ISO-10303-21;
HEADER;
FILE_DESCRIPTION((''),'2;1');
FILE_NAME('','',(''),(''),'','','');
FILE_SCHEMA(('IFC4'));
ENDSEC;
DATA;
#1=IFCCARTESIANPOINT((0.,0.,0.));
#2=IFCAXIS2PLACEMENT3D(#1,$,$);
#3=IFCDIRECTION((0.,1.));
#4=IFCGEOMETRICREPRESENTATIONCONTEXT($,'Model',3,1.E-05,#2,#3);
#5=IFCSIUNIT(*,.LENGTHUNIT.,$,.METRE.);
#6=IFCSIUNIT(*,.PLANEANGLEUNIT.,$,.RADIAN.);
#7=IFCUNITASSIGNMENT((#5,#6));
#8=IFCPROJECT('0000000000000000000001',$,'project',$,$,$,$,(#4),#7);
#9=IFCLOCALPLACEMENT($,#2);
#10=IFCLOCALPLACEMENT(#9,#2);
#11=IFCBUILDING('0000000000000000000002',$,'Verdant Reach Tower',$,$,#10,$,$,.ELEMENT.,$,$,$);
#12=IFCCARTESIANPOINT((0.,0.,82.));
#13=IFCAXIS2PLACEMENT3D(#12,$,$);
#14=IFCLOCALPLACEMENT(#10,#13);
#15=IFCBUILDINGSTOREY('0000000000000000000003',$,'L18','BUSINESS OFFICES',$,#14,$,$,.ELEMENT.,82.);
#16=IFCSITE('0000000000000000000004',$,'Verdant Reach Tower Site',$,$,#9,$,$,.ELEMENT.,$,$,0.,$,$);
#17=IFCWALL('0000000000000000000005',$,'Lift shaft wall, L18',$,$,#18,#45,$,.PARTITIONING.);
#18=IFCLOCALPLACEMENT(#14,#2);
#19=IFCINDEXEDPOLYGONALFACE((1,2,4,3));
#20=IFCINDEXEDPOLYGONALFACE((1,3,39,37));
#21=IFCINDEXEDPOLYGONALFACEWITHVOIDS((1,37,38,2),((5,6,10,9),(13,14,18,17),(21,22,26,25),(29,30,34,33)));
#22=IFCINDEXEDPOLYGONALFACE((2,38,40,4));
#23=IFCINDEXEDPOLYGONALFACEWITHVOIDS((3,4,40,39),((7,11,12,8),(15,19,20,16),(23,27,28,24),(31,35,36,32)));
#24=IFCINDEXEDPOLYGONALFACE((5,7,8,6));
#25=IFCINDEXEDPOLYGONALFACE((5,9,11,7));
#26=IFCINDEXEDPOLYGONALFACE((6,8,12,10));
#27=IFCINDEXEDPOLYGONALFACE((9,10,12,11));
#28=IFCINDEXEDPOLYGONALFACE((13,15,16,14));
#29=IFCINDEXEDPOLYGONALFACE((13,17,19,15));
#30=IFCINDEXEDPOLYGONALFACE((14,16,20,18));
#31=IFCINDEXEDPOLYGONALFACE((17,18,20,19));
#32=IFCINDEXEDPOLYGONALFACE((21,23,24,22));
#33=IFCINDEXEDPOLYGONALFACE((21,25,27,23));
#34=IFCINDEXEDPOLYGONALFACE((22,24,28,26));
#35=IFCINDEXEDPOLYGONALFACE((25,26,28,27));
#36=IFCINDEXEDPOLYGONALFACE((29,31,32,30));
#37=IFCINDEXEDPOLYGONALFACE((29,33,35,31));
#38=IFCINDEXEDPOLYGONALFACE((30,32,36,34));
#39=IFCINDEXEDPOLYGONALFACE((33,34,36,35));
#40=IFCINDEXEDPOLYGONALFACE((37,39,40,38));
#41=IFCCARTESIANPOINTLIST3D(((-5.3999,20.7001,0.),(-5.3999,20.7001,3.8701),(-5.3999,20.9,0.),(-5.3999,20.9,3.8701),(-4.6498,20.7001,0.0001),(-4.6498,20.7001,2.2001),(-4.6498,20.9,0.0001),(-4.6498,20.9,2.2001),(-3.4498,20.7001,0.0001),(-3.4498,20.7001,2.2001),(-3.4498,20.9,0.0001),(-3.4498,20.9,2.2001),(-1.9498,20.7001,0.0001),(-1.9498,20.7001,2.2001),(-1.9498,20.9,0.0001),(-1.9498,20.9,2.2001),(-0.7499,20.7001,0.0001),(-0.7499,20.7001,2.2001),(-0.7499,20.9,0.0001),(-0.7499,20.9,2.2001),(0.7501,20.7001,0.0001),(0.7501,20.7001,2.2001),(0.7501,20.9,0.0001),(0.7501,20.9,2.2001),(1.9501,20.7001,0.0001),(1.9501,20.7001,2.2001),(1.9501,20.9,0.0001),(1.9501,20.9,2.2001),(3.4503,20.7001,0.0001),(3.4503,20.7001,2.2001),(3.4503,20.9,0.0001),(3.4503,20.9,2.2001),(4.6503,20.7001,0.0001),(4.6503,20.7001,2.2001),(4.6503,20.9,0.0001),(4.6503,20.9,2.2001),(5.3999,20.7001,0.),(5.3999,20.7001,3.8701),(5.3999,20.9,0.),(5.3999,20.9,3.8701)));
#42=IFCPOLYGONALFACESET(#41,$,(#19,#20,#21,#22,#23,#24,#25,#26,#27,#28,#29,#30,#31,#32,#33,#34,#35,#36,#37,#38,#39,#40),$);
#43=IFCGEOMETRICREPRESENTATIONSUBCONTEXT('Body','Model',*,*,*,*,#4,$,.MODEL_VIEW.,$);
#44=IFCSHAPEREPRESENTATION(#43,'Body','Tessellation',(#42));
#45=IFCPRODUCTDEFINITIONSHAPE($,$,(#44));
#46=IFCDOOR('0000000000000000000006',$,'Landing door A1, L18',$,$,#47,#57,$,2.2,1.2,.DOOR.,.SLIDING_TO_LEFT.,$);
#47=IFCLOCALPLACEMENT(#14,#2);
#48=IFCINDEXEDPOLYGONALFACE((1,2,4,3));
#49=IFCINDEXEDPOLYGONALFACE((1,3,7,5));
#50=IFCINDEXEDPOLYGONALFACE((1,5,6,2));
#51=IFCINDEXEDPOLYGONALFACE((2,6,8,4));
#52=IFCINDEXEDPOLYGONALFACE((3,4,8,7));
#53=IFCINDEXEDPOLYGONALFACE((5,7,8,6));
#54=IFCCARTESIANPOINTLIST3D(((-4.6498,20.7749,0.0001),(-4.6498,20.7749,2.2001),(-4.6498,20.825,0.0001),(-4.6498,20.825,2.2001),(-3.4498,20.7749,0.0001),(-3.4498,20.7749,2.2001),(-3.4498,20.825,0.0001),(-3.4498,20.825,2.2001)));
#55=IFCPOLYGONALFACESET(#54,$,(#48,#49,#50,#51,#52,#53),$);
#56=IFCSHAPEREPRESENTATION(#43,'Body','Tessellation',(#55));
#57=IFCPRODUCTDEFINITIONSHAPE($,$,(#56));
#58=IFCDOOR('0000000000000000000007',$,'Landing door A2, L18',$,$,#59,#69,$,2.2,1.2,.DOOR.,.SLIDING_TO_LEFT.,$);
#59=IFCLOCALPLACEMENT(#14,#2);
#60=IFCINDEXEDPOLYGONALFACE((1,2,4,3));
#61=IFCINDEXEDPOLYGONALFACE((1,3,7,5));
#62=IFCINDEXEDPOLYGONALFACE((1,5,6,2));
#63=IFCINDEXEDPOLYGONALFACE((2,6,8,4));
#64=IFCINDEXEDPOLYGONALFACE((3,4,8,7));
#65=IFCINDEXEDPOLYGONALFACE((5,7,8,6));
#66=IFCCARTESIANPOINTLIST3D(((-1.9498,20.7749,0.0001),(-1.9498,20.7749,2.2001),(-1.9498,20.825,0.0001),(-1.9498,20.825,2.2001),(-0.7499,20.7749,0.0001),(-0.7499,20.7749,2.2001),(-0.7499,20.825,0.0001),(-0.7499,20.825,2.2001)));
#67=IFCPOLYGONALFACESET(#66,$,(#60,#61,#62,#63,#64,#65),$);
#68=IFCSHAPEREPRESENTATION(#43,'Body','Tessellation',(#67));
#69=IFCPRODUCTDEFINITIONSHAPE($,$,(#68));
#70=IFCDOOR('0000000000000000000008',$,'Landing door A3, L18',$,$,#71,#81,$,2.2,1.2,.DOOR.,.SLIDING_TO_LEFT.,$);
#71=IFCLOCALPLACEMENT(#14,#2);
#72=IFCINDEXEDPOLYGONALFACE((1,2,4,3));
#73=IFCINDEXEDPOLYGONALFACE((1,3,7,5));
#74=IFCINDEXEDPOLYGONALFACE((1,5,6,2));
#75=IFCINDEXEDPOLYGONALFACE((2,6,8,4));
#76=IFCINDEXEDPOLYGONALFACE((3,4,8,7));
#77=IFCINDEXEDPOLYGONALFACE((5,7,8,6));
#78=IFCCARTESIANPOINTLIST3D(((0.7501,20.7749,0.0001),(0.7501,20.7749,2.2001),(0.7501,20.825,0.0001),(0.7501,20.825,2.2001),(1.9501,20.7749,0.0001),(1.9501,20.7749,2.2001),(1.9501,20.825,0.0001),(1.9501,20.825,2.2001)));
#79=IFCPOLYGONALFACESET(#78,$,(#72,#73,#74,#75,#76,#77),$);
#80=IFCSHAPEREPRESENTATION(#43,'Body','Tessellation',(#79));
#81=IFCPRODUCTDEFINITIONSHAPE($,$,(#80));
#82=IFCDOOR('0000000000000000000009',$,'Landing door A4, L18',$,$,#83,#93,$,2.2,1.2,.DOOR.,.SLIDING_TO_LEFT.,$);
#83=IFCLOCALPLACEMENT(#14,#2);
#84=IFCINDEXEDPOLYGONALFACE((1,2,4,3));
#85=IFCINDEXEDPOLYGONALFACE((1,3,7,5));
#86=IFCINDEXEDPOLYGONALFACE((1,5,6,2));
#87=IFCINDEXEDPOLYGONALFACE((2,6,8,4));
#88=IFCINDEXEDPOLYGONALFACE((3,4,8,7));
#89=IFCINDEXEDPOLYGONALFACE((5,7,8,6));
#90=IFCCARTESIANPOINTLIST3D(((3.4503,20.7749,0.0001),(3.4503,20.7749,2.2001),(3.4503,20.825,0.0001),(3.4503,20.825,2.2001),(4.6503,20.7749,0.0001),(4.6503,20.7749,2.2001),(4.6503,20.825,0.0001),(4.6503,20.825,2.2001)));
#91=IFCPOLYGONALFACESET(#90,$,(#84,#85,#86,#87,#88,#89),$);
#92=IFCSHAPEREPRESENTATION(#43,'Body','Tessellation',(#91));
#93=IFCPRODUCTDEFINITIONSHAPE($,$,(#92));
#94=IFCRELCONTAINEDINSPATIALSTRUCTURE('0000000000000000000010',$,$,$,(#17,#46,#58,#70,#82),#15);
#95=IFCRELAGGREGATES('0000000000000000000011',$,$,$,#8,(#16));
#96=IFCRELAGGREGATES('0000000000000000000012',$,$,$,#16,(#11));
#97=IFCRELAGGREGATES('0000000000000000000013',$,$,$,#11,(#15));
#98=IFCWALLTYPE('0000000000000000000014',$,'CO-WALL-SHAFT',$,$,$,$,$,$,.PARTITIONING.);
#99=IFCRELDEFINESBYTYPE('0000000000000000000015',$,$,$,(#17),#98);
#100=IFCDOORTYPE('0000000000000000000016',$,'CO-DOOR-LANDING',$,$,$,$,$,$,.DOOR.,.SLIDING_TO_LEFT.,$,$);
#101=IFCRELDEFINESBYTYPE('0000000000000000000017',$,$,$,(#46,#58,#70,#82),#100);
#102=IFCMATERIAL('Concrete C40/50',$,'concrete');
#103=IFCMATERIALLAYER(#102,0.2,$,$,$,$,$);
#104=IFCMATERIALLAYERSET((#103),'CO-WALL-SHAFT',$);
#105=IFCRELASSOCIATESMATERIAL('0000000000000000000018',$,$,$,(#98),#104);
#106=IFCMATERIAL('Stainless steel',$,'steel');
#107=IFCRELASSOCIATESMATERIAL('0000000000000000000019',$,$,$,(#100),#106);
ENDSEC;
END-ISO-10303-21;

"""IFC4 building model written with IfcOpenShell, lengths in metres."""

from ifc_helpers import new_model, si_unit, direction, frame, frame_2d, origin, place, context, subcontext, project, spatial, rectangle, extrude, material, layer, layer_set, type_object, element, fill, save


model = new_model("IFC4")

# Units and contexts
model_context = context("Model", 3, precision=1e-05, world=origin(), true_north=direction((0.0, 1.0)))
body_context = subcontext(model_context, "Body", "Model", "MODEL_VIEW")
ifc_project = project(units=[si_unit("LENGTHUNIT", "METRE"), si_unit("PLANEANGLEUNIT", "RADIAN")], contexts=[model_context])

# Site, building, storey
site_placement = place(None, origin())
site = spatial("IfcSite", under=ifc_project, at=site_placement, Name="Verdant Reach Tower Site", CompositionType="ELEMENT", RefElevation=0.0)
building_placement = place(site_placement, origin())
building = spatial("IfcBuilding", under=site, at=building_placement, Name="Verdant Reach Tower", CompositionType="ELEMENT")
storey_placement = place(building_placement, frame((0.0, 0.0, 82.0)))
storey = spatial("IfcBuildingStorey", under=building, at=storey_placement, Name="L18", Description="BUSINESS OFFICES", CompositionType="ELEMENT", Elevation=82.0)

# Wall, openings, doors
ifc_material_1 = material(Name="Concrete C40/50", Category="concrete")
ifc_layer_1 = layer(ifc_material_1, 0.2)
ifc_layer_set_1 = layer_set([ifc_layer_1], Name="CO-WALL-SHAFT")
wall_type_1 = type_object("IfcWallType", Name="CO-WALL-SHAFT", PredefinedType="PARTITIONING", material=ifc_layer_set_1)
wall_1_placement = place(storey_placement, frame((-5.3999, 20.8, 0.0), z_axis=(0.0, 0.0, 1.0), x_axis=(1.0, 0.0, 0.0)))
wall_1 = element("IfcWall", 1, at=wall_1_placement, inside=storey, type_object=wall_type_1, Name="Lift shaft wall, L18", PredefinedType="PARTITIONING", context=body_context, shape_type="SweptSolid", body=[
    extrude(rectangle(XDim=10.7998, YDim=0.2, at=frame_2d((5.3999, 0.0))), origin(), (0.0, 0.0, 1.0), 3.8701),
])
opening_1_placement = place(wall_1_placement, frame((0.75, 0.0, 0.0)))
opening_1 = element("IfcOpeningElement", 2, at=opening_1_placement, cuts=wall_1, PredefinedType="OPENING", context=body_context, shape_type="SweptSolid", body=[
    extrude(rectangle(XDim=1.2, YDim=2.2, at=frame_2d((0.6001, 1.1001))), frame((0.0, 0.1099, 0.0), z_axis=(0.0, -1.0, 0.0), x_axis=(1.0, 0.0, 0.0)), (0.0, 0.0, 1.0), 0.22),
])
opening_2_placement = place(wall_1_placement, frame((3.45, 0.0, 0.0)))
opening_2 = element("IfcOpeningElement", 3, at=opening_2_placement, cuts=wall_1, PredefinedType="OPENING", context=body_context, shape_type="SweptSolid", body=[
    extrude(rectangle(XDim=1.2, YDim=2.2, at=frame_2d((0.6001, 1.1001))), frame((0.0, 0.1099, 0.0), z_axis=(0.0, -1.0, 0.0), x_axis=(1.0, 0.0, 0.0)), (0.0, 0.0, 1.0), 0.22),
])
opening_3_placement = place(wall_1_placement, frame((6.1499, 0.0, 0.0)))
opening_3 = element("IfcOpeningElement", 4, at=opening_3_placement, cuts=wall_1, PredefinedType="OPENING", context=body_context, shape_type="SweptSolid", body=[
    extrude(rectangle(XDim=1.2, YDim=2.2, at=frame_2d((0.6001, 1.1001))), frame((0.0, 0.1099, 0.0), z_axis=(0.0, -1.0, 0.0), x_axis=(1.0, 0.0, 0.0)), (0.0, 0.0, 1.0), 0.22),
])
opening_4_placement = place(wall_1_placement, frame((8.8501, 0.0, 0.0)))
opening_4 = element("IfcOpeningElement", 5, at=opening_4_placement, cuts=wall_1, PredefinedType="OPENING", context=body_context, shape_type="SweptSolid", body=[
    extrude(rectangle(XDim=1.2, YDim=2.2, at=frame_2d((0.6001, 1.1001))), frame((0.0, 0.1099, 0.0), z_axis=(0.0, -1.0, 0.0), x_axis=(1.0, 0.0, 0.0)), (0.0, 0.0, 1.0), 0.22),
])
ifc_material_2 = material(Name="Stainless steel", Category="steel")
door_type_1 = type_object("IfcDoorType", Name="CO-DOOR-LANDING", OperationType="SLIDING_TO_LEFT", PredefinedType="DOOR", material=ifc_material_2)
door_1_placement = place(opening_1_placement, origin())
door_1 = element("IfcDoor", 6, at=door_1_placement, inside=storey, type_object=door_type_1, Name="Landing door A1, L18", OperationType="SLIDING_TO_LEFT", OverallHeight=2.2, OverallWidth=1.2, PredefinedType="DOOR", context=body_context, shape_type="SweptSolid", body=[
    extrude(rectangle(XDim=1.2, YDim=2.2, at=frame_2d((0.6001, 1.1001))), frame((0.0, 0.0249, 0.0), z_axis=(0.0, -1.0, 0.0), x_axis=(1.0, 0.0, 0.0)), (0.0, 0.0, 1.0), 0.05),
])
fill(opening_1, door_1)
door_2_placement = place(opening_2_placement, origin())
door_2 = element("IfcDoor", 7, at=door_2_placement, inside=storey, type_object=door_type_1, Name="Landing door A2, L18", OperationType="SLIDING_TO_LEFT", OverallHeight=2.2, OverallWidth=1.2, PredefinedType="DOOR", context=body_context, shape_type="SweptSolid", body=[
    extrude(rectangle(XDim=1.2, YDim=2.2, at=frame_2d((0.6001, 1.1001))), frame((0.0, 0.0249, 0.0), z_axis=(0.0, -1.0, 0.0), x_axis=(1.0, 0.0, 0.0)), (0.0, 0.0, 1.0), 0.05),
])
fill(opening_2, door_2)
door_3_placement = place(opening_3_placement, origin())
door_3 = element("IfcDoor", 8, at=door_3_placement, inside=storey, type_object=door_type_1, Name="Landing door A3, L18", OperationType="SLIDING_TO_LEFT", OverallHeight=2.2, OverallWidth=1.2, PredefinedType="DOOR", context=body_context, shape_type="SweptSolid", body=[
    extrude(rectangle(XDim=1.2, YDim=2.2, at=frame_2d((0.6001, 1.1001))), frame((0.0, 0.0249, 0.0), z_axis=(0.0, -1.0, 0.0), x_axis=(1.0, 0.0, 0.0)), (0.0, 0.0, 1.0), 0.05),
])
fill(opening_3, door_3)
door_4_placement = place(opening_4_placement, origin())
door_4 = element("IfcDoor", 9, at=door_4_placement, inside=storey, type_object=door_type_1, Name="Landing door A4, L18", OperationType="SLIDING_TO_LEFT", OverallHeight=2.2, OverallWidth=1.2, PredefinedType="DOOR", context=body_context, shape_type="SweptSolid", body=[
    extrude(rectangle(XDim=1.2, YDim=2.2, at=frame_2d((0.6001, 1.1001))), frame((0.0, 0.0249, 0.0), z_axis=(0.0, -1.0, 0.0), x_axis=(1.0, 0.0, 0.0)), (0.0, 0.0, 1.0), 0.05),
])
fill(opening_4, door_4)

save(model, "model.ifc")
